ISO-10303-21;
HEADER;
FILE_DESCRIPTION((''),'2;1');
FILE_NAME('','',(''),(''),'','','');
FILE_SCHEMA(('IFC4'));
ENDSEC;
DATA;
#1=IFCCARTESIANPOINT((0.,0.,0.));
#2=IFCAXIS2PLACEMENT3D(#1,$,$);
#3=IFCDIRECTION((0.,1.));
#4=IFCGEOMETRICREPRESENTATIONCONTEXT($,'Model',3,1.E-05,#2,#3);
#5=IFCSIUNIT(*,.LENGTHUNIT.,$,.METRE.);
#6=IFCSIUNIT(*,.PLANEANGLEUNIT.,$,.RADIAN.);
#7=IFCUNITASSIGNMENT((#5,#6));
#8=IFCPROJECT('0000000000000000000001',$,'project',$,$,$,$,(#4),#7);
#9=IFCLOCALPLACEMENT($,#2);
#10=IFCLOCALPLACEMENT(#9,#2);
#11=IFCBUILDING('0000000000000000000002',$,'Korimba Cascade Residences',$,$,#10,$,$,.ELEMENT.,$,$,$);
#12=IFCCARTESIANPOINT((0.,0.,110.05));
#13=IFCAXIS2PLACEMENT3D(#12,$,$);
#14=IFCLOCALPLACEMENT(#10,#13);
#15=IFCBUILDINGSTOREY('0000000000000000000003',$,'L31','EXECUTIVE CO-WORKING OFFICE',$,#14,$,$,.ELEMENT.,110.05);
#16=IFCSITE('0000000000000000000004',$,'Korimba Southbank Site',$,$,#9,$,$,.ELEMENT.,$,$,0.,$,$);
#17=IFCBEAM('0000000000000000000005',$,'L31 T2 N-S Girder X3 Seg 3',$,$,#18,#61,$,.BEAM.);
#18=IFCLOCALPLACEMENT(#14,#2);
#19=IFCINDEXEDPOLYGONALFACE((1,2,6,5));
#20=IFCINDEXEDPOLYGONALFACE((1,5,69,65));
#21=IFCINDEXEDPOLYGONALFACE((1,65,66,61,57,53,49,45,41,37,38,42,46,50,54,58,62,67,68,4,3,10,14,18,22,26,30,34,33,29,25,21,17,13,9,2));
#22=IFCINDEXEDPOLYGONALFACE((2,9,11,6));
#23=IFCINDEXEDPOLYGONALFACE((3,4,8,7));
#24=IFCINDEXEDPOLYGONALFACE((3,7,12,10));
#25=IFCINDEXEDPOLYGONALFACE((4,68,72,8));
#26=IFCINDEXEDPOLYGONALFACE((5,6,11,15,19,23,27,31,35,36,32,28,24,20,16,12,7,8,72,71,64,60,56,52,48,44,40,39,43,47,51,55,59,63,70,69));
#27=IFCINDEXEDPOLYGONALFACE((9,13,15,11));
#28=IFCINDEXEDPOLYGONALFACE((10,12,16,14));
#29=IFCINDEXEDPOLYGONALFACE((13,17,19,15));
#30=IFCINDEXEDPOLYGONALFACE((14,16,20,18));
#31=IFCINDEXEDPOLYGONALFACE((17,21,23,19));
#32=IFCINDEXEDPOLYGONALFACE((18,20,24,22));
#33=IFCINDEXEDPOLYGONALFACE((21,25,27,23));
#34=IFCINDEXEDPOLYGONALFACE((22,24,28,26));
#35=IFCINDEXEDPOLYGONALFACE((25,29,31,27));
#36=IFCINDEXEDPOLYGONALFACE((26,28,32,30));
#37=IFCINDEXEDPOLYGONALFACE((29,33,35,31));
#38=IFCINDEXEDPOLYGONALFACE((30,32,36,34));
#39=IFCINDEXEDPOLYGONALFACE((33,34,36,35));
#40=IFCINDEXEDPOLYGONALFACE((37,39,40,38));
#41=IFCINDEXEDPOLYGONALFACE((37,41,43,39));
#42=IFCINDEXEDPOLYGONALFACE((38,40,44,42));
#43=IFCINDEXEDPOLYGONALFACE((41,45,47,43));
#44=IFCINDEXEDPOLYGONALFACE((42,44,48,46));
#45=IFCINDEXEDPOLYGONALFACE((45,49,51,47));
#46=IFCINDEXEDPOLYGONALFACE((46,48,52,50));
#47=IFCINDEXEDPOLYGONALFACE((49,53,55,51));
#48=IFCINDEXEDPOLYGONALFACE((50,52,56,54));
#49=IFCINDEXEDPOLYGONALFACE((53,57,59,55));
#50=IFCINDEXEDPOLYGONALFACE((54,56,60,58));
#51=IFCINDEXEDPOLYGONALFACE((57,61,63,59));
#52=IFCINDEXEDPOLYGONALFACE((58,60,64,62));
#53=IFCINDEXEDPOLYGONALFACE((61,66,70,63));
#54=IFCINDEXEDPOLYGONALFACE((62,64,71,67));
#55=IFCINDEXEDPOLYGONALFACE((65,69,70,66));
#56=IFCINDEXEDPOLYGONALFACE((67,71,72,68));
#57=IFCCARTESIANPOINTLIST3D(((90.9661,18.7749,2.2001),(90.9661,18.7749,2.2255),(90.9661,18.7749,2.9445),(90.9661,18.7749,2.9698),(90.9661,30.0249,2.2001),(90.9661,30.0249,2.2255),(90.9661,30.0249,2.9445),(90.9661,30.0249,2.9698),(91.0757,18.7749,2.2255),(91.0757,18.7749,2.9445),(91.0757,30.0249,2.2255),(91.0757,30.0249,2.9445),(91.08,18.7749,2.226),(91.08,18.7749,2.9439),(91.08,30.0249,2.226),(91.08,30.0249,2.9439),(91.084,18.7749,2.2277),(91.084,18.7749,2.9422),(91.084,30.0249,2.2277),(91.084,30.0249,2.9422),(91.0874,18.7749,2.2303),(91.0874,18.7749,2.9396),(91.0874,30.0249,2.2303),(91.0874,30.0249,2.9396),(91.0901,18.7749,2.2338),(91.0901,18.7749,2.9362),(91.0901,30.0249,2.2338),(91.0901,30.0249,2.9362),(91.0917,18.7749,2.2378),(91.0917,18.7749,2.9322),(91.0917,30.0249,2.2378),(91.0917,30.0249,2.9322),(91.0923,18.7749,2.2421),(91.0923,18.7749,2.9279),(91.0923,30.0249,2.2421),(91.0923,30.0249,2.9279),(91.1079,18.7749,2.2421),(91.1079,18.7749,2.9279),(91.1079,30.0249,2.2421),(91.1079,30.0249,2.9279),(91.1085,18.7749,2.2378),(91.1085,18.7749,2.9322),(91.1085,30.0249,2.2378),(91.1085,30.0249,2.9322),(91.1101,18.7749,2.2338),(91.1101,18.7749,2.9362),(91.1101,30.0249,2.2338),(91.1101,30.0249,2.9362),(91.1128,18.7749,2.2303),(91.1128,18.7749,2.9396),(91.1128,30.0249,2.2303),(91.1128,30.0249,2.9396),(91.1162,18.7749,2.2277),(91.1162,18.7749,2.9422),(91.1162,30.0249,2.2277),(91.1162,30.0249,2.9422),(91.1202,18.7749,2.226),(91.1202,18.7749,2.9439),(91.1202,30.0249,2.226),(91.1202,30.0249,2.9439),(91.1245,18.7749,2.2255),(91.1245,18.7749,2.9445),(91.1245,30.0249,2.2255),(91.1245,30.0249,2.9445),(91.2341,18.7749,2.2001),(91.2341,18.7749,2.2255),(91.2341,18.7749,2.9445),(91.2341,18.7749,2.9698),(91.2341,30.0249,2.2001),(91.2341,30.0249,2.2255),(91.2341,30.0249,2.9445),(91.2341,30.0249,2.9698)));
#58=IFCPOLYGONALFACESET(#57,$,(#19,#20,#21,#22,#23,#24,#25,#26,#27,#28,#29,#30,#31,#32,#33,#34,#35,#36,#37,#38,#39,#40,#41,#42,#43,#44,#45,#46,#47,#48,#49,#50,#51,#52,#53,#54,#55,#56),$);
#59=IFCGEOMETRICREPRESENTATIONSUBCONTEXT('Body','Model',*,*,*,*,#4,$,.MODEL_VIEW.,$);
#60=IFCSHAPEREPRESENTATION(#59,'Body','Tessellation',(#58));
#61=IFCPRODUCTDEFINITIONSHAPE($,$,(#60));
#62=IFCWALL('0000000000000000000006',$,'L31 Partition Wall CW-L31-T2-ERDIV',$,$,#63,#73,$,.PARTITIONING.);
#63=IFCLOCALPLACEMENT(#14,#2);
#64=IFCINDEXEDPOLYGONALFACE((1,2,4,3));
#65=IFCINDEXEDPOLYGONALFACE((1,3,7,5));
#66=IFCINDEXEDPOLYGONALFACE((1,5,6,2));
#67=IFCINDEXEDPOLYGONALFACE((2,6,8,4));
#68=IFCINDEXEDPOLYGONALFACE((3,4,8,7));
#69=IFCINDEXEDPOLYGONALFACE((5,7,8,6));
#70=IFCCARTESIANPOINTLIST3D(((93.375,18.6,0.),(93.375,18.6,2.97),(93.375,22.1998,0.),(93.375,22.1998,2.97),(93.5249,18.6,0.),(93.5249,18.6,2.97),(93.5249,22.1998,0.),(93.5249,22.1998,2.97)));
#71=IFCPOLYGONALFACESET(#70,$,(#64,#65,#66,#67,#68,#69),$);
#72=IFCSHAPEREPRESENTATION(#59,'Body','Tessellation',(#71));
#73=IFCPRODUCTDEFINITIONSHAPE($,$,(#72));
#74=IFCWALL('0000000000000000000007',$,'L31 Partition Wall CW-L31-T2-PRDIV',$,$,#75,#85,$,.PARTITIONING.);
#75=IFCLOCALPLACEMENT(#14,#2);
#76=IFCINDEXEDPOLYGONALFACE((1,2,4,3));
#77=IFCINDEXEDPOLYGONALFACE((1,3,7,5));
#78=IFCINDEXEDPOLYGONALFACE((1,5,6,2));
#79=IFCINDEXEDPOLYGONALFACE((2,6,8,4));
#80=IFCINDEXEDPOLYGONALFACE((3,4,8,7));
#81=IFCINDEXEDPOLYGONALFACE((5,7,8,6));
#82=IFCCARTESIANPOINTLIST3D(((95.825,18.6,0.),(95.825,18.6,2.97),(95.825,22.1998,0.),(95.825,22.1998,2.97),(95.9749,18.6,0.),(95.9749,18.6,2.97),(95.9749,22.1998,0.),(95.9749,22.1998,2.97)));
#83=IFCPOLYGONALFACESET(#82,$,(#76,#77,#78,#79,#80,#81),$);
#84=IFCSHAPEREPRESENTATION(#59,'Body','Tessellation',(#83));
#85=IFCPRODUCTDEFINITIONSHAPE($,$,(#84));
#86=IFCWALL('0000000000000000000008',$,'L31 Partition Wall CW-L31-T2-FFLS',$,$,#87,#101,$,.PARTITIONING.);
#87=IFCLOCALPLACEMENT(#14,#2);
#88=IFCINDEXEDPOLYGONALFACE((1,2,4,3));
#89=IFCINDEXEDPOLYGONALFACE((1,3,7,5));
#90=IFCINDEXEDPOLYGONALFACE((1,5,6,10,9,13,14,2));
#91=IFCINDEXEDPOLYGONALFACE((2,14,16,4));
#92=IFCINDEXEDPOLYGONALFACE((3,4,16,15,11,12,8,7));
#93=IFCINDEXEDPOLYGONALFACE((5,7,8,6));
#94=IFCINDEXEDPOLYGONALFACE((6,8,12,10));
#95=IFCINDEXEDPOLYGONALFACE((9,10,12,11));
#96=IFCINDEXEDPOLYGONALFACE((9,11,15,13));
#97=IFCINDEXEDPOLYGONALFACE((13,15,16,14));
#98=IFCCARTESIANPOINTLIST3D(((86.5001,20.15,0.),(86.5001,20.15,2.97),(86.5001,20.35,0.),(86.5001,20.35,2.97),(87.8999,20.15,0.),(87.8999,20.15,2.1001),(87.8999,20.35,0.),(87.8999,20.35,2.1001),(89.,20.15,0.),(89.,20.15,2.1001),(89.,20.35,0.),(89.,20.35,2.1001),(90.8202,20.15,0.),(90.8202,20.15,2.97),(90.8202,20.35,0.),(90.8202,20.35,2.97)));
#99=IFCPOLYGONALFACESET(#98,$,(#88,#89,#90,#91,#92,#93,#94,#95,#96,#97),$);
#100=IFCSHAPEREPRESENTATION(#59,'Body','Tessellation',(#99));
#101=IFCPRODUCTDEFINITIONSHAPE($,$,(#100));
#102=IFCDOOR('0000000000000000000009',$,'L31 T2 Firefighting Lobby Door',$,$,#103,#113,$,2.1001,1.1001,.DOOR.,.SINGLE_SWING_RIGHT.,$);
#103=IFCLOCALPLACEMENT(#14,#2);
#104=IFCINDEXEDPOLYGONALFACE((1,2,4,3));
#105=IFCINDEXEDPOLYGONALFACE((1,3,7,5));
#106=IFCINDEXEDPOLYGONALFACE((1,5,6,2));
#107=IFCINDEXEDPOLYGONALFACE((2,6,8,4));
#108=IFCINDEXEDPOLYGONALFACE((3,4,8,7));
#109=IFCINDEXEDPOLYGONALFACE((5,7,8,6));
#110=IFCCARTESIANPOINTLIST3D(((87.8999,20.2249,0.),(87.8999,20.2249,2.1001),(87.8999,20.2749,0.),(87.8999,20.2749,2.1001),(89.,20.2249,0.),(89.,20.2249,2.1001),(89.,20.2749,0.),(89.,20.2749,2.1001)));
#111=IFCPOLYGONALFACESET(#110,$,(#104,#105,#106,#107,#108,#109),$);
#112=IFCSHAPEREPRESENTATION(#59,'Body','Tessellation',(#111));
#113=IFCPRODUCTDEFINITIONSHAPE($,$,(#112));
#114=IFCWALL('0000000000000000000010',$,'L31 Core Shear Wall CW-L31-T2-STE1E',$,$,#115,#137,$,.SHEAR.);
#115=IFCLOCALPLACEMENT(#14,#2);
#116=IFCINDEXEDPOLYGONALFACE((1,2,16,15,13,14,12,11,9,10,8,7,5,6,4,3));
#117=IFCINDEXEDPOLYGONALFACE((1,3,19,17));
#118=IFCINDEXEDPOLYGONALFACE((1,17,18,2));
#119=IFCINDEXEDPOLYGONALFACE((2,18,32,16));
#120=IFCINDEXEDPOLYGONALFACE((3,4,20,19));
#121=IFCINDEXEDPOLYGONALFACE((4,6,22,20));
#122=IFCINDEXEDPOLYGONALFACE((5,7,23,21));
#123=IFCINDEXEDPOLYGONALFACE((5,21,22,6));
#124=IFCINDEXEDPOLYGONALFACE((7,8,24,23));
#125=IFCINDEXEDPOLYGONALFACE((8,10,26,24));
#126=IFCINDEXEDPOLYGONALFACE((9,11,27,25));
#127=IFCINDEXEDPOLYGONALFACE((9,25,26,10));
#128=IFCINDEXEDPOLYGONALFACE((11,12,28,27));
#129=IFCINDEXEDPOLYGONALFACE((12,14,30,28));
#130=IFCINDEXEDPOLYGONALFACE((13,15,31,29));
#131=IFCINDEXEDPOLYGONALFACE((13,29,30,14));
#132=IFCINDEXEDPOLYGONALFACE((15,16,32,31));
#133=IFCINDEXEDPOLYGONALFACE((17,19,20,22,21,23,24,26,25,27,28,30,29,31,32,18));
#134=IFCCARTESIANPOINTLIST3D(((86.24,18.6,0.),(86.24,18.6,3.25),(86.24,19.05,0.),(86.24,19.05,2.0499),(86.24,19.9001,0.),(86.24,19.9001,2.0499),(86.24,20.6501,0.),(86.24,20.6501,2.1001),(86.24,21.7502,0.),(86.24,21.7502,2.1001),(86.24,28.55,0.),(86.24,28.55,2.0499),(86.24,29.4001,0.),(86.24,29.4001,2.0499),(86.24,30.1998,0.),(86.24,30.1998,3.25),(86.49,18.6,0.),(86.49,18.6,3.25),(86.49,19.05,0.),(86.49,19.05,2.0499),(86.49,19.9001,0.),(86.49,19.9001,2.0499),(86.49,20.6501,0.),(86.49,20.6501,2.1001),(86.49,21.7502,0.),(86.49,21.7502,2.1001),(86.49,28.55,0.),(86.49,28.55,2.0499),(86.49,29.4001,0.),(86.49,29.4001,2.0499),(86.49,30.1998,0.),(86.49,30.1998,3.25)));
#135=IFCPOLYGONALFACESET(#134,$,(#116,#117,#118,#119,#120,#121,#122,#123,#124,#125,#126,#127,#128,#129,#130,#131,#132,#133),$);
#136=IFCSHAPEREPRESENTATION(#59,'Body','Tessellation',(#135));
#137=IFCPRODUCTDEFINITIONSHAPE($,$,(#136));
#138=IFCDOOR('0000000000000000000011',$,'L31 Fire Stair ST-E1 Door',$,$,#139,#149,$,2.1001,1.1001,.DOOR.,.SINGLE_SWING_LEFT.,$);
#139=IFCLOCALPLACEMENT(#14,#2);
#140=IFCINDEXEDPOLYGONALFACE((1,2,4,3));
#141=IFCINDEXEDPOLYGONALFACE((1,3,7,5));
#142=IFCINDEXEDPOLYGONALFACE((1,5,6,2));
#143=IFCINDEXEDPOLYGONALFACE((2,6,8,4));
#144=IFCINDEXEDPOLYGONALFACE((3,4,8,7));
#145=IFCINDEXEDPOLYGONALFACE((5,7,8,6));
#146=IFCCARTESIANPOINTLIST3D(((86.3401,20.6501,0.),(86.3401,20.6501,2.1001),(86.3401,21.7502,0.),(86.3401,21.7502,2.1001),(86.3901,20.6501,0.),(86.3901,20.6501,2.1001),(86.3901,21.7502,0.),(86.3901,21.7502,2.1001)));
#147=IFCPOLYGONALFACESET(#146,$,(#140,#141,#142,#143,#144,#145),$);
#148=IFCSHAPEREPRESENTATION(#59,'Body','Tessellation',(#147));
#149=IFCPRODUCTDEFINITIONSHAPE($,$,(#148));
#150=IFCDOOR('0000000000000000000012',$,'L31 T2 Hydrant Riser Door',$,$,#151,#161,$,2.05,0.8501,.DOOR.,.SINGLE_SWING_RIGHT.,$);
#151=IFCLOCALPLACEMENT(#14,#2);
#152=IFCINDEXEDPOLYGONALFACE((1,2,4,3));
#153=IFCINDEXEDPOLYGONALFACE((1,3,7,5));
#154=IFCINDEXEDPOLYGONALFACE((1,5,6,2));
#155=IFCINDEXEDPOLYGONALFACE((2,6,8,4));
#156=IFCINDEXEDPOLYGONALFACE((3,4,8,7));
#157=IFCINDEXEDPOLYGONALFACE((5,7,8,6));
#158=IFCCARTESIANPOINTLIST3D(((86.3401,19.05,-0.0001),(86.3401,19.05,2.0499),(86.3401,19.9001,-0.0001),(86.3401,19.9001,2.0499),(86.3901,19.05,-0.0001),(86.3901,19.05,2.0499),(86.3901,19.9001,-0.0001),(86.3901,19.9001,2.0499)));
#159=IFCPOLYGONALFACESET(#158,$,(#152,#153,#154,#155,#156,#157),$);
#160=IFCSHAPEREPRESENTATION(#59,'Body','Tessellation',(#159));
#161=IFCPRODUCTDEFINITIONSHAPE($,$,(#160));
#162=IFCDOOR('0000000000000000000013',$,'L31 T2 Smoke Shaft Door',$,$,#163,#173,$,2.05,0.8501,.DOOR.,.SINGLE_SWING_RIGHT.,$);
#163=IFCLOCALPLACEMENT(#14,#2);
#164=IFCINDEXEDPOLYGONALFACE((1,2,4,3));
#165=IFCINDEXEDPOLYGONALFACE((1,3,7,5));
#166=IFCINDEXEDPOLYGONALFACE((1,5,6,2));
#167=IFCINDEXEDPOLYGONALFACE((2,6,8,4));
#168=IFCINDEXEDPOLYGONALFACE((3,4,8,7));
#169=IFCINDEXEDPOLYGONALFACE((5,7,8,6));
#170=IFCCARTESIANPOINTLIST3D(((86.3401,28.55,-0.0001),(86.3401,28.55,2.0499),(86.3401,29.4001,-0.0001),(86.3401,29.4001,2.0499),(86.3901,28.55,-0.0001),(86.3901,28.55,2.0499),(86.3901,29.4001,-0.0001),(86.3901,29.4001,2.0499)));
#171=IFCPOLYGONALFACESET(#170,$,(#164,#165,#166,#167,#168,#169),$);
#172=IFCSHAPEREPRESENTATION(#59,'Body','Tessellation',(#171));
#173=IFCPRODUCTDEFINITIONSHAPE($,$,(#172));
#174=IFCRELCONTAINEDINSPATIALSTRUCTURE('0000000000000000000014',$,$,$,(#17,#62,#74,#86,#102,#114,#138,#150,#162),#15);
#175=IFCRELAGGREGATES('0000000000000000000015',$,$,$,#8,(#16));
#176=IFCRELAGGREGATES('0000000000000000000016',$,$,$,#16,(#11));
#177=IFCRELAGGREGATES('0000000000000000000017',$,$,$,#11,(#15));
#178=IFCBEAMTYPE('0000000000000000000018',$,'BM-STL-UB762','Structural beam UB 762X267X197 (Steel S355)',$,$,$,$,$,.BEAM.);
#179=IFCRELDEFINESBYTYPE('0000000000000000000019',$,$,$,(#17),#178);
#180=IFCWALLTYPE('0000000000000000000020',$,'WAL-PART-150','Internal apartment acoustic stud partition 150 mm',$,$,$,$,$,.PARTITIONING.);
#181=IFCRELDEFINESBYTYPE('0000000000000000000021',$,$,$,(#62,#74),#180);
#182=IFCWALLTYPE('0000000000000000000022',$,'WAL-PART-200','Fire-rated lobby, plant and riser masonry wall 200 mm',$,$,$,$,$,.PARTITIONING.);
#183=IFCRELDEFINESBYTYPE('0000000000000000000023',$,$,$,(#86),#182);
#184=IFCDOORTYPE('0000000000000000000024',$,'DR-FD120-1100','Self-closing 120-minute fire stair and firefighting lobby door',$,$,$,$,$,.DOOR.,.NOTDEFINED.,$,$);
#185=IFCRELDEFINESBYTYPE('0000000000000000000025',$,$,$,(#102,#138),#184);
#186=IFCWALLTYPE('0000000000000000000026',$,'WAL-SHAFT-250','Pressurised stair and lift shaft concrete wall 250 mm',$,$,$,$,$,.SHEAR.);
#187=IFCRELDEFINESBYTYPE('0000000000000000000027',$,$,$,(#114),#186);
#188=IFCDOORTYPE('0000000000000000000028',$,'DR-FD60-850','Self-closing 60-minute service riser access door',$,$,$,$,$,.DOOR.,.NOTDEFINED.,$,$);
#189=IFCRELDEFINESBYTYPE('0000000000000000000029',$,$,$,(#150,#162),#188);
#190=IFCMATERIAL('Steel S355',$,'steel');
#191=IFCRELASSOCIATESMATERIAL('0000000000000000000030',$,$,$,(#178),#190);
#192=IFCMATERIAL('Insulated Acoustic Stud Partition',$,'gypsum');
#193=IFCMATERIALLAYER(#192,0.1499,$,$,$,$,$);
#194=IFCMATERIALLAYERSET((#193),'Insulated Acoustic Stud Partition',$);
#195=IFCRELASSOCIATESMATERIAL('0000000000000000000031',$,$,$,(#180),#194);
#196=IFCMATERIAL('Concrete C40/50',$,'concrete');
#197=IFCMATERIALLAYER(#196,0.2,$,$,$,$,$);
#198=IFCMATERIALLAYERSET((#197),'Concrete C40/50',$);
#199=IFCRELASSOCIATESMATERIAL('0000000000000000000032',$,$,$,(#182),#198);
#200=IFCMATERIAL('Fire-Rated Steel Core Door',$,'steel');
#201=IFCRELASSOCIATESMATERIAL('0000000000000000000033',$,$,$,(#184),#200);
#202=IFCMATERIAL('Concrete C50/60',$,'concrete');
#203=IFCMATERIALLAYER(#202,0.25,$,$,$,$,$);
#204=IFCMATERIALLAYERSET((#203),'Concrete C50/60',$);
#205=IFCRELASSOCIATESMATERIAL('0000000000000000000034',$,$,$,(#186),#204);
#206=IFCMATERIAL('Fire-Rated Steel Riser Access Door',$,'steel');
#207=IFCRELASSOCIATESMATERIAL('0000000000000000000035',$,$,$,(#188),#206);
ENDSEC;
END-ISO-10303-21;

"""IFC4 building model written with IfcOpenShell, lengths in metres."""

from ifc_helpers import new_model, si_unit, direction, frame, frame_2d, origin, origin_2d, place, context, subcontext, project, spatial, rectangle, i_section, extrude, material, layer, layer_set, material_profile, profile_set, type_object, element, fill, save


model = new_model("IFC4")

# Units and contexts
model_context = context("Model", 3, precision=1e-05, world=origin(), true_north=direction((0.0, 1.0)))
body_context = subcontext(model_context, "Body", "Model", "MODEL_VIEW")
ifc_project = project(units=[si_unit("LENGTHUNIT", "METRE"), si_unit("PLANEANGLEUNIT", "RADIAN")], contexts=[model_context])

# Site, building, storey
site_placement = place(None, origin())
site = spatial("IfcSite", under=ifc_project, at=site_placement, Name="Korimba Southbank Site", CompositionType="ELEMENT", RefElevation=0.0)
building_placement = place(site_placement, origin())
building = spatial("IfcBuilding", under=site, at=building_placement, Name="Korimba Cascade Residences", CompositionType="ELEMENT")
storey_placement = place(building_placement, frame((0.0, 0.0, 110.05)))
storey = spatial("IfcBuildingStorey", under=building, at=storey_placement, Name="L31", Description="EXECUTIVE CO-WORKING OFFICE", CompositionType="ELEMENT", Elevation=110.05)

# Beam
ifc_material_1 = material(Name="Steel S355", Category="steel")
ifc_material_profile = material_profile(ifc_material_1, i_section(OverallWidth=0.2681, OverallDepth=0.7698, WebThickness=0.0156, FlangeThickness=0.0254, FilletRadius=0.0166, at=origin_2d()), Name="Steel S355")
ifc_profile_set = profile_set([ifc_material_profile], Name="Steel S355")
beam_type = type_object("IfcBeamType", Name="BM-STL-UB762", Description="Structural beam UB 762X267X197 (Steel S355)", PredefinedType="BEAM", material=ifc_profile_set)
beam_placement = place(storey_placement, frame((91.1001, 18.7749, 2.585), z_axis=(0.0, 1.0, 0.0), x_axis=(-1.0, 0.0, 0.0)))
element("IfcBeam", 1, at=beam_placement, inside=storey, type_object=beam_type, Name="L31 T2 N-S Girder X3 Seg 3", PredefinedType="BEAM", context=body_context, shape_type="SweptSolid", body=[
    extrude(i_section(OverallWidth=0.2681, OverallDepth=0.7698, WebThickness=0.0156, FlangeThickness=0.0254, FilletRadius=0.0166, at=origin_2d()), origin(), (0.0, 0.0, 1.0), 11.25),
])

# Walls
ifc_material_2 = material(Name="Insulated Acoustic Stud Partition", Category="gypsum")
ifc_layer_1 = layer(ifc_material_2, 0.1499)
ifc_layer_set_1 = layer_set([ifc_layer_1], Name="Insulated Acoustic Stud Partition")
wall_type_1 = type_object("IfcWallType", Name="WAL-PART-150", Description="Internal apartment acoustic stud partition 150 mm", PredefinedType="PARTITIONING", material=ifc_layer_set_1)
for number, where, z_axis, x_axis, name in (
    (2, (93.45, 18.6001, 0.0), (0.0, 0.0, 1.0), (0.0, 1.0, 0.0), "L31 Partition Wall CW-L31-T2-ERDIV"),
    (3, (95.8999, 18.6001, 0.0), (0.0, 0.0, 1.0), (0.0, 1.0, 0.0), "L31 Partition Wall CW-L31-T2-PRDIV"),
):
    element("IfcWall", number, at=place(storey_placement, frame(where, z_axis=z_axis, x_axis=x_axis)), inside=storey, type_object=wall_type_1, Name=name, PredefinedType="PARTITIONING", context=body_context, shape_type="SweptSolid", body=[
        extrude(rectangle(XDim=3.5999, YDim=0.1499, at=frame_2d((1.7998, 0.0))), origin(), (0.0, 0.0, 1.0), 2.97),
    ])

# Wall, opening, door
ifc_material_3 = material(Name="Concrete C40/50", Category="concrete")
ifc_layer_2 = layer(ifc_material_3, 0.2)
ifc_layer_set_2 = layer_set([ifc_layer_2], Name="Concrete C40/50")
wall_type_2 = type_object("IfcWallType", Name="WAL-PART-200", Description="Fire-rated lobby, plant and riser masonry wall 200 mm", PredefinedType="PARTITIONING", material=ifc_layer_set_2)
wall_1_placement = place(storey_placement, frame((86.5, 20.25, 0.0), z_axis=(0.0, 0.0, 1.0), x_axis=(1.0, 0.0, 0.0)))
wall_1 = element("IfcWall", 4, at=wall_1_placement, inside=storey, type_object=wall_type_2, Name="L31 Partition Wall CW-L31-T2-FFLS", PredefinedType="PARTITIONING", context=body_context, shape_type="SweptSolid", body=[
    extrude(rectangle(XDim=4.3201, YDim=0.2, at=frame_2d((2.1602, 0.0))), origin(), (0.0, 0.0, 1.0), 2.97),
])
opening_1_placement = place(wall_1_placement, frame((1.3999, 0.0, 0.0)))
opening_1 = element("IfcOpeningElement", 5, at=opening_1_placement, cuts=wall_1, PredefinedType="OPENING", context=body_context, shape_type="SweptSolid", body=[
    extrude(rectangle(XDim=1.1001, YDim=2.1001, at=frame_2d((0.55, 1.05))), frame((0.0, 0.1099, 0.0), z_axis=(0.0, -1.0, 0.0), x_axis=(1.0, 0.0, 0.0)), (0.0, 0.0, 1.0), 0.22),
])
ifc_material_4 = material(Name="Fire-Rated Steel Core Door", Category="steel")
door_type_1 = type_object("IfcDoorType", Name="DR-FD120-1100", Description="Self-closing 120-minute fire stair and firefighting lobby door", OperationType="NOTDEFINED", PredefinedType="DOOR", material=ifc_material_4)
door_1_placement = place(opening_1_placement, origin())
door_1 = element("IfcDoor", 6, at=door_1_placement, inside=storey, type_object=door_type_1, Name="L31 T2 Firefighting Lobby Door", OperationType="SINGLE_SWING_RIGHT", OverallHeight=2.1001, OverallWidth=1.1001, PredefinedType="DOOR", context=body_context, shape_type="SweptSolid", body=[
    extrude(rectangle(XDim=1.1001, YDim=2.1001, at=frame_2d((0.55, 1.05))), frame((0.0, 0.0249, 0.0), z_axis=(0.0, -1.0, 0.0), x_axis=(1.0, 0.0, 0.0)), (0.0, 0.0, 1.0), 0.05),
])
fill(opening_1, door_1)

# Wall, openings, doors
ifc_material_5 = material(Name="Concrete C50/60", Category="concrete")
ifc_layer_3 = layer(ifc_material_5, 0.25)
ifc_layer_set_3 = layer_set([ifc_layer_3], Name="Concrete C50/60")
wall_type_3 = type_object("IfcWallType", Name="WAL-SHAFT-250", Description="Pressurised stair and lift shaft concrete wall 250 mm", PredefinedType="SHEAR", material=ifc_layer_set_3)
wall_2_placement = place(storey_placement, frame((86.365, 18.6001, 0.0), z_axis=(0.0, 0.0, 1.0), x_axis=(0.0, 1.0, 0.0)))
wall_2 = element("IfcWall", 7, at=wall_2_placement, inside=storey, type_object=wall_type_3, Name="L31 Core Shear Wall CW-L31-T2-STE1E", PredefinedType="SHEAR", context=body_context, shape_type="SweptSolid", body=[
    extrude(rectangle(XDim=11.5999, YDim=0.25, at=frame_2d((5.7998, 0.0))), origin(), (0.0, 0.0, 1.0), 3.25),
])
opening_2_placement = place(wall_2_placement, frame((0.45, 0.0, 0.0)))
opening_2 = element("IfcOpeningElement", 8, at=opening_2_placement, cuts=wall_2, PredefinedType="OPENING", context=body_context, shape_type="SweptSolid", body=[
    extrude(rectangle(XDim=0.8501, YDim=2.05, at=frame_2d((0.425, 1.0249))), frame((0.0, 0.135, 0.0), z_axis=(0.0, -1.0, 0.0), x_axis=(1.0, 0.0, 0.0)), (0.0, 0.0, 1.0), 0.27),
])
opening_3_placement = place(wall_2_placement, frame((2.05, 0.0, 0.0)))
opening_3 = element("IfcOpeningElement", 9, at=opening_3_placement, cuts=wall_2, PredefinedType="OPENING", context=body_context, shape_type="SweptSolid", body=[
    extrude(rectangle(XDim=1.1001, YDim=2.1001, at=frame_2d((0.55, 1.05))), frame((0.0, 0.135, 0.0), z_axis=(0.0, -1.0, 0.0), x_axis=(1.0, 0.0, 0.0)), (0.0, 0.0, 1.0), 0.27),
])
opening_4_placement = place(wall_2_placement, frame((9.95, 0.0, 0.0)))
opening_4 = element("IfcOpeningElement", 10, at=opening_4_placement, cuts=wall_2, PredefinedType="OPENING", context=body_context, shape_type="SweptSolid", body=[
    extrude(rectangle(XDim=0.8501, YDim=2.05, at=frame_2d((0.425, 1.0249))), frame((0.0, 0.135, 0.0), z_axis=(0.0, -1.0, 0.0), x_axis=(1.0, 0.0, 0.0)), (0.0, 0.0, 1.0), 0.27),
])
door_2_placement = place(opening_3_placement, origin())
door_2 = element("IfcDoor", 11, at=door_2_placement, inside=storey, type_object=door_type_1, Name="L31 Fire Stair ST-E1 Door", OperationType="SINGLE_SWING_LEFT", OverallHeight=2.1001, OverallWidth=1.1001, PredefinedType="DOOR", context=body_context, shape_type="SweptSolid", body=[
    extrude(rectangle(XDim=1.1001, YDim=2.1001, at=frame_2d((0.55, 1.05))), frame((0.0, 0.0249, 0.0), z_axis=(0.0, -1.0, 0.0), x_axis=(1.0, 0.0, 0.0)), (0.0, 0.0, 1.0), 0.05),
])
fill(opening_3, door_2)
ifc_material_6 = material(Name="Fire-Rated Steel Riser Access Door", Category="steel")
door_type_2 = type_object("IfcDoorType", Name="DR-FD60-850", Description="Self-closing 60-minute service riser access door", OperationType="NOTDEFINED", PredefinedType="DOOR", material=ifc_material_6)
door_3_placement = place(opening_2_placement, origin())
door_3 = element("IfcDoor", 12, at=door_3_placement, inside=storey, type_object=door_type_2, Name="L31 T2 Hydrant Riser Door", OperationType="SINGLE_SWING_RIGHT", OverallHeight=2.05, OverallWidth=0.8501, PredefinedType="DOOR", context=body_context, shape_type="SweptSolid", body=[
    extrude(rectangle(XDim=0.8501, YDim=2.05, at=frame_2d((0.425, 1.0249))), frame((0.0, 0.0249, 0.0), z_axis=(0.0, -1.0, 0.0), x_axis=(1.0, 0.0, 0.0)), (0.0, 0.0, 1.0), 0.05),
])
fill(opening_2, door_3)
door_4_placement = place(opening_4_placement, origin())
door_4 = element("IfcDoor", 13, at=door_4_placement, inside=storey, type_object=door_type_2, Name="L31 T2 Smoke Shaft Door", OperationType="SINGLE_SWING_RIGHT", OverallHeight=2.05, OverallWidth=0.8501, PredefinedType="DOOR", context=body_context, shape_type="SweptSolid", body=[
    extrude(rectangle(XDim=0.8501, YDim=2.05, at=frame_2d((0.425, 1.0249))), frame((0.0, 0.0249, 0.0), z_axis=(0.0, -1.0, 0.0), x_axis=(1.0, 0.0, 0.0)), (0.0, 0.0, 1.0), 0.05),
])
fill(opening_4, door_4)

save(model, "model.ifc")
